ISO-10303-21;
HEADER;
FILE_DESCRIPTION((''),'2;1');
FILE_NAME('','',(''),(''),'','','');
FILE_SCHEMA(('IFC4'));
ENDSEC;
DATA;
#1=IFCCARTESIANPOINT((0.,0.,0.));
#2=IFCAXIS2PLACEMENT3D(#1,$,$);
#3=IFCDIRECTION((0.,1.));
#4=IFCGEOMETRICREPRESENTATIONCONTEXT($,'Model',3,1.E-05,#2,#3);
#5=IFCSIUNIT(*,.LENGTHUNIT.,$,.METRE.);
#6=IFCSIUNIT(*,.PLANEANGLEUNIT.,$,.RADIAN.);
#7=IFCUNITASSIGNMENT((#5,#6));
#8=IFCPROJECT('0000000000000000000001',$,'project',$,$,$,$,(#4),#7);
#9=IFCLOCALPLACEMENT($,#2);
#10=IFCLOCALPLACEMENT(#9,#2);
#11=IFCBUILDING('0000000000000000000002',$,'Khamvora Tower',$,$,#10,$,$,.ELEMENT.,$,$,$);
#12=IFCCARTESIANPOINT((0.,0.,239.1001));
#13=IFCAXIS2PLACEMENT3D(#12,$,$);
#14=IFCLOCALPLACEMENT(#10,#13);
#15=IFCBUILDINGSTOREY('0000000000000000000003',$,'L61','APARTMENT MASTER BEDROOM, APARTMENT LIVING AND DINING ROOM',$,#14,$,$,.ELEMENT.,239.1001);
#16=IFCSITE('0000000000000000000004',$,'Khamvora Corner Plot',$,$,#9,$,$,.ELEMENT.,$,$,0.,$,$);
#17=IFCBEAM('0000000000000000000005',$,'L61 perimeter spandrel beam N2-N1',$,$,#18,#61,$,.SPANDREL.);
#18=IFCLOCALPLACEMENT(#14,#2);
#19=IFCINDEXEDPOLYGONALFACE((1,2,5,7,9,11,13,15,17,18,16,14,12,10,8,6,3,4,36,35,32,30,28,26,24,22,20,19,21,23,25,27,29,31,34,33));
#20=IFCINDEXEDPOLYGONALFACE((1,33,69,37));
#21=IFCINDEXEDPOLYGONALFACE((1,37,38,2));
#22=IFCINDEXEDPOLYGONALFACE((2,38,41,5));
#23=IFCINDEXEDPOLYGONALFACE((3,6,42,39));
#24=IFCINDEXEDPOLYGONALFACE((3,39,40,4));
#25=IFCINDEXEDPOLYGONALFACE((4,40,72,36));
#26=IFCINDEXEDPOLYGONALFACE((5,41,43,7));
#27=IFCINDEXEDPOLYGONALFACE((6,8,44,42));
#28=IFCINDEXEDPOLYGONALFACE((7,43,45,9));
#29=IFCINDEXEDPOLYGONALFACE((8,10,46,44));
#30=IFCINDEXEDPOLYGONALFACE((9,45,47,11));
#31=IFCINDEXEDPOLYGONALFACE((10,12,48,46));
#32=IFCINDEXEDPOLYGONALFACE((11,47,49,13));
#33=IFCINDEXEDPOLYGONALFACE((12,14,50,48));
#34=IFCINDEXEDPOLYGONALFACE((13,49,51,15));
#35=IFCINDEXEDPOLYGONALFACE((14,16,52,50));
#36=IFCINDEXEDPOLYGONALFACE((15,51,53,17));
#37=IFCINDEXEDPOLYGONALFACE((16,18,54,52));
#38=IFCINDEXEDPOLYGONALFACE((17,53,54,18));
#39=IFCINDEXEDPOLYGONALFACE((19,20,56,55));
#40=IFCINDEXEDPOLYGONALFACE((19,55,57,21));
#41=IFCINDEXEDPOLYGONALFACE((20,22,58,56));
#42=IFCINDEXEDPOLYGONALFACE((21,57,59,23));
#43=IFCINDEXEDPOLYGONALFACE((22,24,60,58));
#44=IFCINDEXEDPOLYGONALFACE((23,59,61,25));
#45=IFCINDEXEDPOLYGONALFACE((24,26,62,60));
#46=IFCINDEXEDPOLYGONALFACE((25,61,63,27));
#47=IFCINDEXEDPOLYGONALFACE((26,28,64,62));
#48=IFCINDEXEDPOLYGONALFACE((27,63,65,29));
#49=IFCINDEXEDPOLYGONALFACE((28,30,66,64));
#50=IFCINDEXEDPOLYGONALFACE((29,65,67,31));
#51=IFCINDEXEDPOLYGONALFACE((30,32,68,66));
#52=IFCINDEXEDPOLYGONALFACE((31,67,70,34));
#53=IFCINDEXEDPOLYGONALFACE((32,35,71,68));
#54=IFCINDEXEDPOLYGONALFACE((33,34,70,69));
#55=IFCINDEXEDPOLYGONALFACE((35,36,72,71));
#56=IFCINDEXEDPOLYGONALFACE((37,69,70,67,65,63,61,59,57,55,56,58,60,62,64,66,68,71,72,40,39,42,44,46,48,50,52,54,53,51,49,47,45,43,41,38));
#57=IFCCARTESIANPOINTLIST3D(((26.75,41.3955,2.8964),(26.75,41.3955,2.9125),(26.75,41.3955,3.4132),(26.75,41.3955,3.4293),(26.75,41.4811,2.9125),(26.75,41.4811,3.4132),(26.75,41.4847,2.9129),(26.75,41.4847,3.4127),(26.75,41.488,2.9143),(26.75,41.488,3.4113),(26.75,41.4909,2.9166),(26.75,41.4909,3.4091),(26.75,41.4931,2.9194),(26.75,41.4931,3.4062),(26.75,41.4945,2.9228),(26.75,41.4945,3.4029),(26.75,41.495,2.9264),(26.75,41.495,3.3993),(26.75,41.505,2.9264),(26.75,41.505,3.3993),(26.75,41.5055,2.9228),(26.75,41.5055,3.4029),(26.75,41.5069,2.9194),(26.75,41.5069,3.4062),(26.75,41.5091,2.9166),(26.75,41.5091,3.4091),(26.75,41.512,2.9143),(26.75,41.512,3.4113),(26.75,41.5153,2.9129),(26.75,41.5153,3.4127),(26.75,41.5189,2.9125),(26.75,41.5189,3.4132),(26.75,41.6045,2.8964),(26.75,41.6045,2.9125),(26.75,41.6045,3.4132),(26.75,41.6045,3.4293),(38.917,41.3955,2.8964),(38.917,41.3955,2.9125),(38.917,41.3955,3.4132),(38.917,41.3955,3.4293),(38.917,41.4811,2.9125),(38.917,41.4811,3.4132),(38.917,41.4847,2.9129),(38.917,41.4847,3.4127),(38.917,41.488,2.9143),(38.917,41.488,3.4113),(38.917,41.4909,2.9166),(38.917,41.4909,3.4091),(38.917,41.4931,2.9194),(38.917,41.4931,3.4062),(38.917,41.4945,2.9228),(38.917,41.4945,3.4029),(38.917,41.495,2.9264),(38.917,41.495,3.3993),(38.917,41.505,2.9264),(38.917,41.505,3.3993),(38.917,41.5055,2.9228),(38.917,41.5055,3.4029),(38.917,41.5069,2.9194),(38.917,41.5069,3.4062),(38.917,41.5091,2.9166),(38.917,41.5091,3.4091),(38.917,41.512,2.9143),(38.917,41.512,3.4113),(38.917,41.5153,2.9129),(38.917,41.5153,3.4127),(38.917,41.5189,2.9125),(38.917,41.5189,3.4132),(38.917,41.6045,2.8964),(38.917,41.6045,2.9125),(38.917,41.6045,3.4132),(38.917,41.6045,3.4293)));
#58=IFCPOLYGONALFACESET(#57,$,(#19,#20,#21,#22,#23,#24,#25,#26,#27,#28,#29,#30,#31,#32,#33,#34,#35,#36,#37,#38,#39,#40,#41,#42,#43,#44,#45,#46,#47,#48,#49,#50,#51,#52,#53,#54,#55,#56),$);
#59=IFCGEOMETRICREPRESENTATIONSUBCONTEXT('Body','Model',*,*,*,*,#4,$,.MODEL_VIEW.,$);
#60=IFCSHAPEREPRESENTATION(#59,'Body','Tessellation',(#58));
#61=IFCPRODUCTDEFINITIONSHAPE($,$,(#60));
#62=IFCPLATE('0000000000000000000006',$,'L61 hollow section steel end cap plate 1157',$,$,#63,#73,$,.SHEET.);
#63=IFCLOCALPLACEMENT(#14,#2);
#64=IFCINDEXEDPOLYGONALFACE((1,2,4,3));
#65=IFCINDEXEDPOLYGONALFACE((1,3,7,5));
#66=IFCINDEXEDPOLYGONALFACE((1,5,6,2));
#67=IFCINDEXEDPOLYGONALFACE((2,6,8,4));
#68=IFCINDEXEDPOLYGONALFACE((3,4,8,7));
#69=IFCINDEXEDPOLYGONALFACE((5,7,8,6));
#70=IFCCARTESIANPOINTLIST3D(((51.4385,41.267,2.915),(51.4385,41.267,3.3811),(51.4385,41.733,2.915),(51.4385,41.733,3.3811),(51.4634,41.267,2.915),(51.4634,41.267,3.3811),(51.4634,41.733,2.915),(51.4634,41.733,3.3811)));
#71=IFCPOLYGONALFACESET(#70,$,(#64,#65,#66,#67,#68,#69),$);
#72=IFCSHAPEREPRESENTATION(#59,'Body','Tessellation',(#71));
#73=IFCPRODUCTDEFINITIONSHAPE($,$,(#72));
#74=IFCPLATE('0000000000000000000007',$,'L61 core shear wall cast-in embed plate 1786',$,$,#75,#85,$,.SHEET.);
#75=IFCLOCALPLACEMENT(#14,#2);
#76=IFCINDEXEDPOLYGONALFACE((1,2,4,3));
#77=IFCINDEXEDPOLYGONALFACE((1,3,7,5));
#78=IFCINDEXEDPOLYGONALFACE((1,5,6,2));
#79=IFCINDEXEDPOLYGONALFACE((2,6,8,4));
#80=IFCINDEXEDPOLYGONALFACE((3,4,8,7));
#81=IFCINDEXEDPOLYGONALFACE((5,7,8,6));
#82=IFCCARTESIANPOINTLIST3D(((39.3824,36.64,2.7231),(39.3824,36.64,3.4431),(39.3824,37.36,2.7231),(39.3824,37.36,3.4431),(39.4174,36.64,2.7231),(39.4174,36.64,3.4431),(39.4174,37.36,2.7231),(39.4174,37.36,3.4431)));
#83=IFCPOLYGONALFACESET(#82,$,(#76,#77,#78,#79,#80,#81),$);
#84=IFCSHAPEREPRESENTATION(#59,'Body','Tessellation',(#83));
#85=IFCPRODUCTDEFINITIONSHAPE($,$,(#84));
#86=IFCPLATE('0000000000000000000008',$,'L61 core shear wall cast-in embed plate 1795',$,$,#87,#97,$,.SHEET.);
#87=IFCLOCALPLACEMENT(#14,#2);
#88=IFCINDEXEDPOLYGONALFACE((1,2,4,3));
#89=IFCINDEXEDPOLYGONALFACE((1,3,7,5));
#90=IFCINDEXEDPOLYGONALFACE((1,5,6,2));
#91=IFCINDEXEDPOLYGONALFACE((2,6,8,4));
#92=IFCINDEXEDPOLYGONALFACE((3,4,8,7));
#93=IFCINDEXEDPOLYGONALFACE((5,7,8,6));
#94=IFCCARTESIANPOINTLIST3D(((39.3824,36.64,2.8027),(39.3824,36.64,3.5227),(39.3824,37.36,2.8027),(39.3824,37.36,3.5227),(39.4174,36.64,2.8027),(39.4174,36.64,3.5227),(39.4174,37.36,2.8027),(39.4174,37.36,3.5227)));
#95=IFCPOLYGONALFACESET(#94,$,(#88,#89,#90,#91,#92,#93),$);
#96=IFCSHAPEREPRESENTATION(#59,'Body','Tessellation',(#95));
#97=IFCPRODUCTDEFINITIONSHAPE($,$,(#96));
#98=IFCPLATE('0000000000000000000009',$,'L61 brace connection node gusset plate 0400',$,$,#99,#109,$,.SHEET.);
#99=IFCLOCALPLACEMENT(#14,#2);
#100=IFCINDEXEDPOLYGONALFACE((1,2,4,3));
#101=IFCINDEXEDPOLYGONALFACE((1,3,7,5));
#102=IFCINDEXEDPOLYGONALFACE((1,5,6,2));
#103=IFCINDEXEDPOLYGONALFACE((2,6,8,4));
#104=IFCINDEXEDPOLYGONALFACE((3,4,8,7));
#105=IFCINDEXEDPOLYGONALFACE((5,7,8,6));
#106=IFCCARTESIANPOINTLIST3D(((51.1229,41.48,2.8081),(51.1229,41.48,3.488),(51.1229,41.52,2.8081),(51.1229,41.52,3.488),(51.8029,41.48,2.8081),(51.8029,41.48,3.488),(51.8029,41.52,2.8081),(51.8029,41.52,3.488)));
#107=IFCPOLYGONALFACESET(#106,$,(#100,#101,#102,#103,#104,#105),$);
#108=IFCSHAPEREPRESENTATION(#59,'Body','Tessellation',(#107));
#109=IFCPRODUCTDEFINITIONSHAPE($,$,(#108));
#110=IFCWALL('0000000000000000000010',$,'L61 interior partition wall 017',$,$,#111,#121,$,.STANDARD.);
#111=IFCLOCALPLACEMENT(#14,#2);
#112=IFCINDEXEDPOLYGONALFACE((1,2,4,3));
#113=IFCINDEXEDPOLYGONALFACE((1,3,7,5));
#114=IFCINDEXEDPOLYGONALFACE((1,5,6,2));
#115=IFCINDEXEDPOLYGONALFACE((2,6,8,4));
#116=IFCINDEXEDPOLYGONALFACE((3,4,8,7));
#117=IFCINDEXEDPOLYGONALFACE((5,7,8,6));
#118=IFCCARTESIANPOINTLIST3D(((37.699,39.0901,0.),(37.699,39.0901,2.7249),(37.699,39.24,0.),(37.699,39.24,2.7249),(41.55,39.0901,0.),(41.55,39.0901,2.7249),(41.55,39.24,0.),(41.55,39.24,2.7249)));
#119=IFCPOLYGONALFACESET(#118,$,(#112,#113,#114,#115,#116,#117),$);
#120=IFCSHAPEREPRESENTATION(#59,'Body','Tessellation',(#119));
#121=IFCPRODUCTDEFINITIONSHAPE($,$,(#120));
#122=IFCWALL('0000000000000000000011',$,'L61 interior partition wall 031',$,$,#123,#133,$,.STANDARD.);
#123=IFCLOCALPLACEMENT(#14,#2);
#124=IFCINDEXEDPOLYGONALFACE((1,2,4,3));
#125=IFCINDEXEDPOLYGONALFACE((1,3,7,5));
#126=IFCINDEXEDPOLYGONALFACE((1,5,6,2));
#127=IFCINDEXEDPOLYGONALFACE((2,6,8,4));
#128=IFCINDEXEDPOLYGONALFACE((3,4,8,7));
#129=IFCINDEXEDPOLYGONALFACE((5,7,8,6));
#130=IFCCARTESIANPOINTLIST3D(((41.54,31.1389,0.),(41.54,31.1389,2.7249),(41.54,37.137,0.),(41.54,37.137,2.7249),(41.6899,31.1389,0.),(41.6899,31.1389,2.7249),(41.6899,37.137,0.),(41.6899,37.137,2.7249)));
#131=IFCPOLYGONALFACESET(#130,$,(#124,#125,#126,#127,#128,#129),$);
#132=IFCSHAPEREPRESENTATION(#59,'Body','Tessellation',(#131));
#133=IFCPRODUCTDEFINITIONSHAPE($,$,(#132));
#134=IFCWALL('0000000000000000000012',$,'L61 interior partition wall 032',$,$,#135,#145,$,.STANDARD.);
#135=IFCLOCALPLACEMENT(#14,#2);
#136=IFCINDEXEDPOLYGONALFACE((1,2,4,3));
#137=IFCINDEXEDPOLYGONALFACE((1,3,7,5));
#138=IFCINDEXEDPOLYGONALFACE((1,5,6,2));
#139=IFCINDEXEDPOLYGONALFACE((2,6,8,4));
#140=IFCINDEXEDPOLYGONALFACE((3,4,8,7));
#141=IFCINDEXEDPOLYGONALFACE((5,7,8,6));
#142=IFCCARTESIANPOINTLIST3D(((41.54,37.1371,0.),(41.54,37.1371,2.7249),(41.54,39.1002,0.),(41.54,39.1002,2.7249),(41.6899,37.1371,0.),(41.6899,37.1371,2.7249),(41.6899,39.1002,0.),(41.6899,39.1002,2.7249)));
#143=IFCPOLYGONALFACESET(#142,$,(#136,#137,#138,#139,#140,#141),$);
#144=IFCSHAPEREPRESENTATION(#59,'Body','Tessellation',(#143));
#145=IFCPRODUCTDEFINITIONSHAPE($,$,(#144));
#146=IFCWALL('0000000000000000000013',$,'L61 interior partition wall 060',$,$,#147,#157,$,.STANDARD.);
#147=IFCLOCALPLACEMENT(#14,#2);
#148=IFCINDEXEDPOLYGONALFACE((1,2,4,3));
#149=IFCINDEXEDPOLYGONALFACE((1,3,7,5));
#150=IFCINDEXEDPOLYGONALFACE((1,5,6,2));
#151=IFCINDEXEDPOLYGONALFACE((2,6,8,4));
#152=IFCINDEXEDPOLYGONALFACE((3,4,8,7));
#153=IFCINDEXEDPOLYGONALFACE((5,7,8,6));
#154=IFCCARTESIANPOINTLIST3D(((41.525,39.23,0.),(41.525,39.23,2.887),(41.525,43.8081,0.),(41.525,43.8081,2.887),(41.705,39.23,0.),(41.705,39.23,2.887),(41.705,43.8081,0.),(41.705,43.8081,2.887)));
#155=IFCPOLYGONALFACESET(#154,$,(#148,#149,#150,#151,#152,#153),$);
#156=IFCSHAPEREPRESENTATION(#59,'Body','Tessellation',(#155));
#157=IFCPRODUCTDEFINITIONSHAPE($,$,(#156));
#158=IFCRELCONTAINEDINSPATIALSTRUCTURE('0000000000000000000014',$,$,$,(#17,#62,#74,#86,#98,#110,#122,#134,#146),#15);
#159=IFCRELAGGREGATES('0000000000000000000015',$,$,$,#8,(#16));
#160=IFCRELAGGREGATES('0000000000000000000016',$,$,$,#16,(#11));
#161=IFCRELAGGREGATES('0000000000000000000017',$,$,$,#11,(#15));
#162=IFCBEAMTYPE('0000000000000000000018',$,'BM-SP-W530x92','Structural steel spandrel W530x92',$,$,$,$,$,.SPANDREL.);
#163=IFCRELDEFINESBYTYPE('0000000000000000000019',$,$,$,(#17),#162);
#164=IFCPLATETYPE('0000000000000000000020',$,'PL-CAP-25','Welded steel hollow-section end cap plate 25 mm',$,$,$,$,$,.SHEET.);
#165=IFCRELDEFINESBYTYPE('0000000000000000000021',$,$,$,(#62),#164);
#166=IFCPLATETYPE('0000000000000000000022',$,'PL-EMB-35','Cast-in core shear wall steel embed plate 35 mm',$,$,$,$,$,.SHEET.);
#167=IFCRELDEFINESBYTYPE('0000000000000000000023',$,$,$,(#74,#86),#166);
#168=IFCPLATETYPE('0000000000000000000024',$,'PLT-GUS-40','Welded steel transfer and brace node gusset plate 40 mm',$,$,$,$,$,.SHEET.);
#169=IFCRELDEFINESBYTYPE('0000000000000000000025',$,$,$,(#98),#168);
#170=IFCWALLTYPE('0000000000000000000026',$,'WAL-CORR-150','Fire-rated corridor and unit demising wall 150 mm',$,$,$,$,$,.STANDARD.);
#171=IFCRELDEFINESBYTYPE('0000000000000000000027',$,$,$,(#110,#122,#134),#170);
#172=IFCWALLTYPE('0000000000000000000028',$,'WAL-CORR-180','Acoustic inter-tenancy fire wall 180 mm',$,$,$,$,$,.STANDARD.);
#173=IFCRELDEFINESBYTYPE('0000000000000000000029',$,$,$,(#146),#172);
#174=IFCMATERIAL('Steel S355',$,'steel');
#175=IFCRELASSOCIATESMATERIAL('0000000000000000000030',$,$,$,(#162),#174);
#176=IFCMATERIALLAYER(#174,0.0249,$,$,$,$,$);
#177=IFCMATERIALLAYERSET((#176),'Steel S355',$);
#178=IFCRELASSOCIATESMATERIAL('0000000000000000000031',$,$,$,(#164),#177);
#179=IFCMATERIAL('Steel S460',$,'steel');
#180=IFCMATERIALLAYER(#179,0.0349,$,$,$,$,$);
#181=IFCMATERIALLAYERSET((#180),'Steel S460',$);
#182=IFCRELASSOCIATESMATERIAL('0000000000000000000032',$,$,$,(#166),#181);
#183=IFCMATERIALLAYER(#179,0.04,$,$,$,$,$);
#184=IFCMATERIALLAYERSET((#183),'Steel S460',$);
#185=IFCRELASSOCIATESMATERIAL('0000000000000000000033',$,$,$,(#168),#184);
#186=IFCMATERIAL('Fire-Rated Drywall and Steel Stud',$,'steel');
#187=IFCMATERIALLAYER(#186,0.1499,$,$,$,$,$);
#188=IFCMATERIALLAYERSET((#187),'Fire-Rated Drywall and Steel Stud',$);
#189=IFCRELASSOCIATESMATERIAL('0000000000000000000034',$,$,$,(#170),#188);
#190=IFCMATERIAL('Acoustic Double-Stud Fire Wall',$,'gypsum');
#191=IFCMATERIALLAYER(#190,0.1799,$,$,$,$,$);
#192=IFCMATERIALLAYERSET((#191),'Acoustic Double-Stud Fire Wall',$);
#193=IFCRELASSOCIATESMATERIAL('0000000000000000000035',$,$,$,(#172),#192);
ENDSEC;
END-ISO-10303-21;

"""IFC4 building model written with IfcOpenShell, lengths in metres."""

from ifc_helpers import new_model, si_unit, direction, frame, frame_2d, origin, origin_2d, place, context, subcontext, project, spatial, rectangle, i_section, extrude, material, layer, layer_set, material_profile, profile_set, type_object, element, save


model = new_model("IFC4")

# Units and contexts
model_context = context("Model", 3, precision=1e-05, world=origin(), true_north=direction((0.0, 1.0)))
body_context = subcontext(model_context, "Body", "Model", "MODEL_VIEW")
ifc_project = project(units=[si_unit("LENGTHUNIT", "METRE"), si_unit("PLANEANGLEUNIT", "RADIAN")], contexts=[model_context])

# Site, building, storey
site_placement = place(None, origin())
site = spatial("IfcSite", under=ifc_project, at=site_placement, Name="Khamvora Corner Plot", CompositionType="ELEMENT", RefElevation=0.0)
building_placement = place(site_placement, origin())
building = spatial("IfcBuilding", under=site, at=building_placement, Name="Khamvora Tower", CompositionType="ELEMENT")
storey_placement = place(building_placement, frame((0.0, 0.0, 239.1001)))
storey = spatial("IfcBuildingStorey", under=building, at=storey_placement, Name="L61", Description="APARTMENT MASTER BEDROOM, APARTMENT LIVING AND DINING ROOM", CompositionType="ELEMENT", Elevation=239.1001)

# Shared definitions
ifc_material_1 = material(Name="Steel S355", Category="steel")

# Beam
ifc_material_profile_1 = material_profile(ifc_material_1, i_section(OverallWidth=0.209, OverallDepth=0.533, WebThickness=0.01, FlangeThickness=0.0161, FilletRadius=0.0139, at=origin_2d()), Name="W530x92")
ifc_profile_set_1 = profile_set([ifc_material_profile_1], Name="Steel S355")
beam_type_1 = type_object("IfcBeamType", Name="BM-SP-W530x92", Description="Structural steel spandrel W530x92", PredefinedType="SPANDREL", material=ifc_profile_set_1)
beam_1_placement = place(storey_placement, frame((38.917, 41.5, 3.1628), z_axis=(-1.0, 0.0, 0.0), x_axis=(0.0, -1.0, 0.0)))
element("IfcBeam", 1, at=beam_1_placement, inside=storey, type_object=beam_type_1, Name="L61 perimeter spandrel beam N2-N1", PredefinedType="SPANDREL", context=body_context, shape_type="SweptSolid", body=[
    extrude(i_section(OverallWidth=0.209, OverallDepth=0.533, WebThickness=0.01, FlangeThickness=0.0161, FilletRadius=0.0139, at=origin_2d()), origin(), (0.0, 0.0, 1.0), 12.167),
])

# Plates
ifc_layer_1 = layer(ifc_material_1, 0.0249)
ifc_layer_set_1 = layer_set([ifc_layer_1], Name="Steel S355")
plate_type_1 = type_object("IfcPlateType", Name="PL-CAP-25", Description="Welded steel hollow-section end cap plate 25 mm", PredefinedType="SHEET", material=ifc_layer_set_1)
plate_1_placement = place(storey_placement, frame((51.4509, 41.5, 2.915), z_axis=(0.0, 0.0, 1.0), x_axis=(-1.0, 0.0, 0.0)))
element("IfcPlate", 2, at=plate_1_placement, inside=storey, type_object=plate_type_1, Name="L61 hollow section steel end cap plate 1157", PredefinedType="SHEET", context=body_context, shape_type="SweptSolid", body=[
    extrude(rectangle(XDim=0.0249, YDim=0.4661, at=origin_2d()), origin(), (0.0, 0.0, 1.0), 0.4661),
])
ifc_material_2 = material(Name="Steel S460", Category="steel")
ifc_layer_2 = layer(ifc_material_2, 0.0349)
ifc_layer_set_2 = layer_set([ifc_layer_2], Name="Steel S460")
plate_type_2 = type_object("IfcPlateType", Name="PL-EMB-35", Description="Cast-in core shear wall steel embed plate 35 mm", PredefinedType="SHEET", material=ifc_layer_set_2)
for number, where, z_axis, x_axis, name in (
    (3, (39.3999, 37.0, 2.7231), (0.0, 0.0, 1.0), (1.0, 0.0, 0.0), "L61 core shear wall cast-in embed plate 1786"),
    (4, (39.3999, 37.0, 2.8027), (0.0, 0.0, 1.0), (1.0, 0.0, 0.0), "L61 core shear wall cast-in embed plate 1795"),
):
    element("IfcPlate", number, at=place(storey_placement, frame(where, z_axis=z_axis, x_axis=x_axis)), inside=storey, type_object=plate_type_2, Name=name, PredefinedType="SHEET", context=body_context, shape_type="SweptSolid", body=[
        extrude(rectangle(XDim=0.0349, YDim=0.72, at=origin_2d()), origin(), (0.0, 0.0, 1.0), 0.72),
    ])
ifc_layer_3 = layer(ifc_material_2, 0.04)
ifc_layer_set_3 = layer_set([ifc_layer_3], Name="Steel S460")
plate_type_3 = type_object("IfcPlateType", Name="PLT-GUS-40", Description="Welded steel transfer and brace node gusset plate 40 mm", PredefinedType="SHEET", material=ifc_layer_set_3)
plate_2_placement = place(storey_placement, frame((51.4629, 41.5, 2.8081), z_axis=(0.0, 0.0, 1.0), x_axis=(1.0, 0.0, 0.0)))
element("IfcPlate", 5, at=plate_2_placement, inside=storey, type_object=plate_type_3, Name="L61 brace connection node gusset plate 0400", PredefinedType="SHEET", context=body_context, shape_type="SweptSolid", body=[
    extrude(rectangle(XDim=0.6799, YDim=0.04, at=origin_2d()), origin(), (0.0, 0.0, 1.0), 0.6799),
])

# Walls
ifc_material_3 = material(Name="Fire-Rated Drywall and Steel Stud", Category="steel")
ifc_layer_4 = layer(ifc_material_3, 0.1499)
ifc_layer_set_4 = layer_set([ifc_layer_4], Name="Fire-Rated Drywall and Steel Stud")
wall_type_1 = type_object("IfcWallType", Name="WAL-CORR-150", Description="Fire-rated corridor and unit demising wall 150 mm", PredefinedType="STANDARD", material=ifc_layer_set_4)
wall_1_placement = place(storey_placement, frame((37.699, 39.165, 0.0), z_axis=(0.0, 0.0, 1.0), x_axis=(1.0, 0.0, 0.0)))
element("IfcWall", 6, at=wall_1_placement, inside=storey, type_object=wall_type_1, Name="L61 interior partition wall 017", PredefinedType="STANDARD", context=body_context, shape_type="SweptSolid", body=[
    extrude(rectangle(XDim=3.8511, YDim=0.1499, at=frame_2d((1.9255, 0.0))), origin(), (0.0, 0.0, 1.0), 2.7249),
])
wall_2_placement = place(storey_placement, frame((41.615, 37.137, 0.0), z_axis=(0.0, 0.0, 1.0), x_axis=(0.0, -1.0, 0.0)))
element("IfcWall", 7, at=wall_2_placement, inside=storey, type_object=wall_type_1, Name="L61 interior partition wall 031", PredefinedType="STANDARD", context=body_context, shape_type="SweptSolid", body=[
    extrude(rectangle(XDim=5.998, YDim=0.1499, at=frame_2d((2.999, 0.0))), origin(), (0.0, 0.0, 1.0), 2.7249),
])
wall_3_placement = place(storey_placement, frame((41.615, 39.1001, 0.0), z_axis=(0.0, 0.0, 1.0), x_axis=(0.0, -1.0, 0.0)))
element("IfcWall", 8, at=wall_3_placement, inside=storey, type_object=wall_type_1, Name="L61 interior partition wall 032", PredefinedType="STANDARD", context=body_context, shape_type="SweptSolid", body=[
    extrude(rectangle(XDim=1.9631, YDim=0.1499, at=frame_2d((0.9814, 0.0))), origin(), (0.0, 0.0, 1.0), 2.7249),
])
ifc_material_4 = material(Name="Acoustic Double-Stud Fire Wall", Category="gypsum")
ifc_layer_5 = layer(ifc_material_4, 0.1799)
ifc_layer_set_5 = layer_set([ifc_layer_5], Name="Acoustic Double-Stud Fire Wall")
wall_type_2 = type_object("IfcWallType", Name="WAL-CORR-180", Description="Acoustic inter-tenancy fire wall 180 mm", PredefinedType="STANDARD", material=ifc_layer_set_5)
wall_4_placement = place(storey_placement, frame((41.615, 43.8081, 0.0), z_axis=(0.0, 0.0, 1.0), x_axis=(0.0, -1.0, 0.0)))
element("IfcWall", 9, at=wall_4_placement, inside=storey, type_object=wall_type_2, Name="L61 interior partition wall 060", PredefinedType="STANDARD", context=body_context, shape_type="SweptSolid", body=[
    extrude(rectangle(XDim=4.5781, YDim=0.1799, at=frame_2d((2.2891, 0.0))), origin(), (0.0, 0.0, 1.0), 2.887),
])

save(model, "model.ifc")
